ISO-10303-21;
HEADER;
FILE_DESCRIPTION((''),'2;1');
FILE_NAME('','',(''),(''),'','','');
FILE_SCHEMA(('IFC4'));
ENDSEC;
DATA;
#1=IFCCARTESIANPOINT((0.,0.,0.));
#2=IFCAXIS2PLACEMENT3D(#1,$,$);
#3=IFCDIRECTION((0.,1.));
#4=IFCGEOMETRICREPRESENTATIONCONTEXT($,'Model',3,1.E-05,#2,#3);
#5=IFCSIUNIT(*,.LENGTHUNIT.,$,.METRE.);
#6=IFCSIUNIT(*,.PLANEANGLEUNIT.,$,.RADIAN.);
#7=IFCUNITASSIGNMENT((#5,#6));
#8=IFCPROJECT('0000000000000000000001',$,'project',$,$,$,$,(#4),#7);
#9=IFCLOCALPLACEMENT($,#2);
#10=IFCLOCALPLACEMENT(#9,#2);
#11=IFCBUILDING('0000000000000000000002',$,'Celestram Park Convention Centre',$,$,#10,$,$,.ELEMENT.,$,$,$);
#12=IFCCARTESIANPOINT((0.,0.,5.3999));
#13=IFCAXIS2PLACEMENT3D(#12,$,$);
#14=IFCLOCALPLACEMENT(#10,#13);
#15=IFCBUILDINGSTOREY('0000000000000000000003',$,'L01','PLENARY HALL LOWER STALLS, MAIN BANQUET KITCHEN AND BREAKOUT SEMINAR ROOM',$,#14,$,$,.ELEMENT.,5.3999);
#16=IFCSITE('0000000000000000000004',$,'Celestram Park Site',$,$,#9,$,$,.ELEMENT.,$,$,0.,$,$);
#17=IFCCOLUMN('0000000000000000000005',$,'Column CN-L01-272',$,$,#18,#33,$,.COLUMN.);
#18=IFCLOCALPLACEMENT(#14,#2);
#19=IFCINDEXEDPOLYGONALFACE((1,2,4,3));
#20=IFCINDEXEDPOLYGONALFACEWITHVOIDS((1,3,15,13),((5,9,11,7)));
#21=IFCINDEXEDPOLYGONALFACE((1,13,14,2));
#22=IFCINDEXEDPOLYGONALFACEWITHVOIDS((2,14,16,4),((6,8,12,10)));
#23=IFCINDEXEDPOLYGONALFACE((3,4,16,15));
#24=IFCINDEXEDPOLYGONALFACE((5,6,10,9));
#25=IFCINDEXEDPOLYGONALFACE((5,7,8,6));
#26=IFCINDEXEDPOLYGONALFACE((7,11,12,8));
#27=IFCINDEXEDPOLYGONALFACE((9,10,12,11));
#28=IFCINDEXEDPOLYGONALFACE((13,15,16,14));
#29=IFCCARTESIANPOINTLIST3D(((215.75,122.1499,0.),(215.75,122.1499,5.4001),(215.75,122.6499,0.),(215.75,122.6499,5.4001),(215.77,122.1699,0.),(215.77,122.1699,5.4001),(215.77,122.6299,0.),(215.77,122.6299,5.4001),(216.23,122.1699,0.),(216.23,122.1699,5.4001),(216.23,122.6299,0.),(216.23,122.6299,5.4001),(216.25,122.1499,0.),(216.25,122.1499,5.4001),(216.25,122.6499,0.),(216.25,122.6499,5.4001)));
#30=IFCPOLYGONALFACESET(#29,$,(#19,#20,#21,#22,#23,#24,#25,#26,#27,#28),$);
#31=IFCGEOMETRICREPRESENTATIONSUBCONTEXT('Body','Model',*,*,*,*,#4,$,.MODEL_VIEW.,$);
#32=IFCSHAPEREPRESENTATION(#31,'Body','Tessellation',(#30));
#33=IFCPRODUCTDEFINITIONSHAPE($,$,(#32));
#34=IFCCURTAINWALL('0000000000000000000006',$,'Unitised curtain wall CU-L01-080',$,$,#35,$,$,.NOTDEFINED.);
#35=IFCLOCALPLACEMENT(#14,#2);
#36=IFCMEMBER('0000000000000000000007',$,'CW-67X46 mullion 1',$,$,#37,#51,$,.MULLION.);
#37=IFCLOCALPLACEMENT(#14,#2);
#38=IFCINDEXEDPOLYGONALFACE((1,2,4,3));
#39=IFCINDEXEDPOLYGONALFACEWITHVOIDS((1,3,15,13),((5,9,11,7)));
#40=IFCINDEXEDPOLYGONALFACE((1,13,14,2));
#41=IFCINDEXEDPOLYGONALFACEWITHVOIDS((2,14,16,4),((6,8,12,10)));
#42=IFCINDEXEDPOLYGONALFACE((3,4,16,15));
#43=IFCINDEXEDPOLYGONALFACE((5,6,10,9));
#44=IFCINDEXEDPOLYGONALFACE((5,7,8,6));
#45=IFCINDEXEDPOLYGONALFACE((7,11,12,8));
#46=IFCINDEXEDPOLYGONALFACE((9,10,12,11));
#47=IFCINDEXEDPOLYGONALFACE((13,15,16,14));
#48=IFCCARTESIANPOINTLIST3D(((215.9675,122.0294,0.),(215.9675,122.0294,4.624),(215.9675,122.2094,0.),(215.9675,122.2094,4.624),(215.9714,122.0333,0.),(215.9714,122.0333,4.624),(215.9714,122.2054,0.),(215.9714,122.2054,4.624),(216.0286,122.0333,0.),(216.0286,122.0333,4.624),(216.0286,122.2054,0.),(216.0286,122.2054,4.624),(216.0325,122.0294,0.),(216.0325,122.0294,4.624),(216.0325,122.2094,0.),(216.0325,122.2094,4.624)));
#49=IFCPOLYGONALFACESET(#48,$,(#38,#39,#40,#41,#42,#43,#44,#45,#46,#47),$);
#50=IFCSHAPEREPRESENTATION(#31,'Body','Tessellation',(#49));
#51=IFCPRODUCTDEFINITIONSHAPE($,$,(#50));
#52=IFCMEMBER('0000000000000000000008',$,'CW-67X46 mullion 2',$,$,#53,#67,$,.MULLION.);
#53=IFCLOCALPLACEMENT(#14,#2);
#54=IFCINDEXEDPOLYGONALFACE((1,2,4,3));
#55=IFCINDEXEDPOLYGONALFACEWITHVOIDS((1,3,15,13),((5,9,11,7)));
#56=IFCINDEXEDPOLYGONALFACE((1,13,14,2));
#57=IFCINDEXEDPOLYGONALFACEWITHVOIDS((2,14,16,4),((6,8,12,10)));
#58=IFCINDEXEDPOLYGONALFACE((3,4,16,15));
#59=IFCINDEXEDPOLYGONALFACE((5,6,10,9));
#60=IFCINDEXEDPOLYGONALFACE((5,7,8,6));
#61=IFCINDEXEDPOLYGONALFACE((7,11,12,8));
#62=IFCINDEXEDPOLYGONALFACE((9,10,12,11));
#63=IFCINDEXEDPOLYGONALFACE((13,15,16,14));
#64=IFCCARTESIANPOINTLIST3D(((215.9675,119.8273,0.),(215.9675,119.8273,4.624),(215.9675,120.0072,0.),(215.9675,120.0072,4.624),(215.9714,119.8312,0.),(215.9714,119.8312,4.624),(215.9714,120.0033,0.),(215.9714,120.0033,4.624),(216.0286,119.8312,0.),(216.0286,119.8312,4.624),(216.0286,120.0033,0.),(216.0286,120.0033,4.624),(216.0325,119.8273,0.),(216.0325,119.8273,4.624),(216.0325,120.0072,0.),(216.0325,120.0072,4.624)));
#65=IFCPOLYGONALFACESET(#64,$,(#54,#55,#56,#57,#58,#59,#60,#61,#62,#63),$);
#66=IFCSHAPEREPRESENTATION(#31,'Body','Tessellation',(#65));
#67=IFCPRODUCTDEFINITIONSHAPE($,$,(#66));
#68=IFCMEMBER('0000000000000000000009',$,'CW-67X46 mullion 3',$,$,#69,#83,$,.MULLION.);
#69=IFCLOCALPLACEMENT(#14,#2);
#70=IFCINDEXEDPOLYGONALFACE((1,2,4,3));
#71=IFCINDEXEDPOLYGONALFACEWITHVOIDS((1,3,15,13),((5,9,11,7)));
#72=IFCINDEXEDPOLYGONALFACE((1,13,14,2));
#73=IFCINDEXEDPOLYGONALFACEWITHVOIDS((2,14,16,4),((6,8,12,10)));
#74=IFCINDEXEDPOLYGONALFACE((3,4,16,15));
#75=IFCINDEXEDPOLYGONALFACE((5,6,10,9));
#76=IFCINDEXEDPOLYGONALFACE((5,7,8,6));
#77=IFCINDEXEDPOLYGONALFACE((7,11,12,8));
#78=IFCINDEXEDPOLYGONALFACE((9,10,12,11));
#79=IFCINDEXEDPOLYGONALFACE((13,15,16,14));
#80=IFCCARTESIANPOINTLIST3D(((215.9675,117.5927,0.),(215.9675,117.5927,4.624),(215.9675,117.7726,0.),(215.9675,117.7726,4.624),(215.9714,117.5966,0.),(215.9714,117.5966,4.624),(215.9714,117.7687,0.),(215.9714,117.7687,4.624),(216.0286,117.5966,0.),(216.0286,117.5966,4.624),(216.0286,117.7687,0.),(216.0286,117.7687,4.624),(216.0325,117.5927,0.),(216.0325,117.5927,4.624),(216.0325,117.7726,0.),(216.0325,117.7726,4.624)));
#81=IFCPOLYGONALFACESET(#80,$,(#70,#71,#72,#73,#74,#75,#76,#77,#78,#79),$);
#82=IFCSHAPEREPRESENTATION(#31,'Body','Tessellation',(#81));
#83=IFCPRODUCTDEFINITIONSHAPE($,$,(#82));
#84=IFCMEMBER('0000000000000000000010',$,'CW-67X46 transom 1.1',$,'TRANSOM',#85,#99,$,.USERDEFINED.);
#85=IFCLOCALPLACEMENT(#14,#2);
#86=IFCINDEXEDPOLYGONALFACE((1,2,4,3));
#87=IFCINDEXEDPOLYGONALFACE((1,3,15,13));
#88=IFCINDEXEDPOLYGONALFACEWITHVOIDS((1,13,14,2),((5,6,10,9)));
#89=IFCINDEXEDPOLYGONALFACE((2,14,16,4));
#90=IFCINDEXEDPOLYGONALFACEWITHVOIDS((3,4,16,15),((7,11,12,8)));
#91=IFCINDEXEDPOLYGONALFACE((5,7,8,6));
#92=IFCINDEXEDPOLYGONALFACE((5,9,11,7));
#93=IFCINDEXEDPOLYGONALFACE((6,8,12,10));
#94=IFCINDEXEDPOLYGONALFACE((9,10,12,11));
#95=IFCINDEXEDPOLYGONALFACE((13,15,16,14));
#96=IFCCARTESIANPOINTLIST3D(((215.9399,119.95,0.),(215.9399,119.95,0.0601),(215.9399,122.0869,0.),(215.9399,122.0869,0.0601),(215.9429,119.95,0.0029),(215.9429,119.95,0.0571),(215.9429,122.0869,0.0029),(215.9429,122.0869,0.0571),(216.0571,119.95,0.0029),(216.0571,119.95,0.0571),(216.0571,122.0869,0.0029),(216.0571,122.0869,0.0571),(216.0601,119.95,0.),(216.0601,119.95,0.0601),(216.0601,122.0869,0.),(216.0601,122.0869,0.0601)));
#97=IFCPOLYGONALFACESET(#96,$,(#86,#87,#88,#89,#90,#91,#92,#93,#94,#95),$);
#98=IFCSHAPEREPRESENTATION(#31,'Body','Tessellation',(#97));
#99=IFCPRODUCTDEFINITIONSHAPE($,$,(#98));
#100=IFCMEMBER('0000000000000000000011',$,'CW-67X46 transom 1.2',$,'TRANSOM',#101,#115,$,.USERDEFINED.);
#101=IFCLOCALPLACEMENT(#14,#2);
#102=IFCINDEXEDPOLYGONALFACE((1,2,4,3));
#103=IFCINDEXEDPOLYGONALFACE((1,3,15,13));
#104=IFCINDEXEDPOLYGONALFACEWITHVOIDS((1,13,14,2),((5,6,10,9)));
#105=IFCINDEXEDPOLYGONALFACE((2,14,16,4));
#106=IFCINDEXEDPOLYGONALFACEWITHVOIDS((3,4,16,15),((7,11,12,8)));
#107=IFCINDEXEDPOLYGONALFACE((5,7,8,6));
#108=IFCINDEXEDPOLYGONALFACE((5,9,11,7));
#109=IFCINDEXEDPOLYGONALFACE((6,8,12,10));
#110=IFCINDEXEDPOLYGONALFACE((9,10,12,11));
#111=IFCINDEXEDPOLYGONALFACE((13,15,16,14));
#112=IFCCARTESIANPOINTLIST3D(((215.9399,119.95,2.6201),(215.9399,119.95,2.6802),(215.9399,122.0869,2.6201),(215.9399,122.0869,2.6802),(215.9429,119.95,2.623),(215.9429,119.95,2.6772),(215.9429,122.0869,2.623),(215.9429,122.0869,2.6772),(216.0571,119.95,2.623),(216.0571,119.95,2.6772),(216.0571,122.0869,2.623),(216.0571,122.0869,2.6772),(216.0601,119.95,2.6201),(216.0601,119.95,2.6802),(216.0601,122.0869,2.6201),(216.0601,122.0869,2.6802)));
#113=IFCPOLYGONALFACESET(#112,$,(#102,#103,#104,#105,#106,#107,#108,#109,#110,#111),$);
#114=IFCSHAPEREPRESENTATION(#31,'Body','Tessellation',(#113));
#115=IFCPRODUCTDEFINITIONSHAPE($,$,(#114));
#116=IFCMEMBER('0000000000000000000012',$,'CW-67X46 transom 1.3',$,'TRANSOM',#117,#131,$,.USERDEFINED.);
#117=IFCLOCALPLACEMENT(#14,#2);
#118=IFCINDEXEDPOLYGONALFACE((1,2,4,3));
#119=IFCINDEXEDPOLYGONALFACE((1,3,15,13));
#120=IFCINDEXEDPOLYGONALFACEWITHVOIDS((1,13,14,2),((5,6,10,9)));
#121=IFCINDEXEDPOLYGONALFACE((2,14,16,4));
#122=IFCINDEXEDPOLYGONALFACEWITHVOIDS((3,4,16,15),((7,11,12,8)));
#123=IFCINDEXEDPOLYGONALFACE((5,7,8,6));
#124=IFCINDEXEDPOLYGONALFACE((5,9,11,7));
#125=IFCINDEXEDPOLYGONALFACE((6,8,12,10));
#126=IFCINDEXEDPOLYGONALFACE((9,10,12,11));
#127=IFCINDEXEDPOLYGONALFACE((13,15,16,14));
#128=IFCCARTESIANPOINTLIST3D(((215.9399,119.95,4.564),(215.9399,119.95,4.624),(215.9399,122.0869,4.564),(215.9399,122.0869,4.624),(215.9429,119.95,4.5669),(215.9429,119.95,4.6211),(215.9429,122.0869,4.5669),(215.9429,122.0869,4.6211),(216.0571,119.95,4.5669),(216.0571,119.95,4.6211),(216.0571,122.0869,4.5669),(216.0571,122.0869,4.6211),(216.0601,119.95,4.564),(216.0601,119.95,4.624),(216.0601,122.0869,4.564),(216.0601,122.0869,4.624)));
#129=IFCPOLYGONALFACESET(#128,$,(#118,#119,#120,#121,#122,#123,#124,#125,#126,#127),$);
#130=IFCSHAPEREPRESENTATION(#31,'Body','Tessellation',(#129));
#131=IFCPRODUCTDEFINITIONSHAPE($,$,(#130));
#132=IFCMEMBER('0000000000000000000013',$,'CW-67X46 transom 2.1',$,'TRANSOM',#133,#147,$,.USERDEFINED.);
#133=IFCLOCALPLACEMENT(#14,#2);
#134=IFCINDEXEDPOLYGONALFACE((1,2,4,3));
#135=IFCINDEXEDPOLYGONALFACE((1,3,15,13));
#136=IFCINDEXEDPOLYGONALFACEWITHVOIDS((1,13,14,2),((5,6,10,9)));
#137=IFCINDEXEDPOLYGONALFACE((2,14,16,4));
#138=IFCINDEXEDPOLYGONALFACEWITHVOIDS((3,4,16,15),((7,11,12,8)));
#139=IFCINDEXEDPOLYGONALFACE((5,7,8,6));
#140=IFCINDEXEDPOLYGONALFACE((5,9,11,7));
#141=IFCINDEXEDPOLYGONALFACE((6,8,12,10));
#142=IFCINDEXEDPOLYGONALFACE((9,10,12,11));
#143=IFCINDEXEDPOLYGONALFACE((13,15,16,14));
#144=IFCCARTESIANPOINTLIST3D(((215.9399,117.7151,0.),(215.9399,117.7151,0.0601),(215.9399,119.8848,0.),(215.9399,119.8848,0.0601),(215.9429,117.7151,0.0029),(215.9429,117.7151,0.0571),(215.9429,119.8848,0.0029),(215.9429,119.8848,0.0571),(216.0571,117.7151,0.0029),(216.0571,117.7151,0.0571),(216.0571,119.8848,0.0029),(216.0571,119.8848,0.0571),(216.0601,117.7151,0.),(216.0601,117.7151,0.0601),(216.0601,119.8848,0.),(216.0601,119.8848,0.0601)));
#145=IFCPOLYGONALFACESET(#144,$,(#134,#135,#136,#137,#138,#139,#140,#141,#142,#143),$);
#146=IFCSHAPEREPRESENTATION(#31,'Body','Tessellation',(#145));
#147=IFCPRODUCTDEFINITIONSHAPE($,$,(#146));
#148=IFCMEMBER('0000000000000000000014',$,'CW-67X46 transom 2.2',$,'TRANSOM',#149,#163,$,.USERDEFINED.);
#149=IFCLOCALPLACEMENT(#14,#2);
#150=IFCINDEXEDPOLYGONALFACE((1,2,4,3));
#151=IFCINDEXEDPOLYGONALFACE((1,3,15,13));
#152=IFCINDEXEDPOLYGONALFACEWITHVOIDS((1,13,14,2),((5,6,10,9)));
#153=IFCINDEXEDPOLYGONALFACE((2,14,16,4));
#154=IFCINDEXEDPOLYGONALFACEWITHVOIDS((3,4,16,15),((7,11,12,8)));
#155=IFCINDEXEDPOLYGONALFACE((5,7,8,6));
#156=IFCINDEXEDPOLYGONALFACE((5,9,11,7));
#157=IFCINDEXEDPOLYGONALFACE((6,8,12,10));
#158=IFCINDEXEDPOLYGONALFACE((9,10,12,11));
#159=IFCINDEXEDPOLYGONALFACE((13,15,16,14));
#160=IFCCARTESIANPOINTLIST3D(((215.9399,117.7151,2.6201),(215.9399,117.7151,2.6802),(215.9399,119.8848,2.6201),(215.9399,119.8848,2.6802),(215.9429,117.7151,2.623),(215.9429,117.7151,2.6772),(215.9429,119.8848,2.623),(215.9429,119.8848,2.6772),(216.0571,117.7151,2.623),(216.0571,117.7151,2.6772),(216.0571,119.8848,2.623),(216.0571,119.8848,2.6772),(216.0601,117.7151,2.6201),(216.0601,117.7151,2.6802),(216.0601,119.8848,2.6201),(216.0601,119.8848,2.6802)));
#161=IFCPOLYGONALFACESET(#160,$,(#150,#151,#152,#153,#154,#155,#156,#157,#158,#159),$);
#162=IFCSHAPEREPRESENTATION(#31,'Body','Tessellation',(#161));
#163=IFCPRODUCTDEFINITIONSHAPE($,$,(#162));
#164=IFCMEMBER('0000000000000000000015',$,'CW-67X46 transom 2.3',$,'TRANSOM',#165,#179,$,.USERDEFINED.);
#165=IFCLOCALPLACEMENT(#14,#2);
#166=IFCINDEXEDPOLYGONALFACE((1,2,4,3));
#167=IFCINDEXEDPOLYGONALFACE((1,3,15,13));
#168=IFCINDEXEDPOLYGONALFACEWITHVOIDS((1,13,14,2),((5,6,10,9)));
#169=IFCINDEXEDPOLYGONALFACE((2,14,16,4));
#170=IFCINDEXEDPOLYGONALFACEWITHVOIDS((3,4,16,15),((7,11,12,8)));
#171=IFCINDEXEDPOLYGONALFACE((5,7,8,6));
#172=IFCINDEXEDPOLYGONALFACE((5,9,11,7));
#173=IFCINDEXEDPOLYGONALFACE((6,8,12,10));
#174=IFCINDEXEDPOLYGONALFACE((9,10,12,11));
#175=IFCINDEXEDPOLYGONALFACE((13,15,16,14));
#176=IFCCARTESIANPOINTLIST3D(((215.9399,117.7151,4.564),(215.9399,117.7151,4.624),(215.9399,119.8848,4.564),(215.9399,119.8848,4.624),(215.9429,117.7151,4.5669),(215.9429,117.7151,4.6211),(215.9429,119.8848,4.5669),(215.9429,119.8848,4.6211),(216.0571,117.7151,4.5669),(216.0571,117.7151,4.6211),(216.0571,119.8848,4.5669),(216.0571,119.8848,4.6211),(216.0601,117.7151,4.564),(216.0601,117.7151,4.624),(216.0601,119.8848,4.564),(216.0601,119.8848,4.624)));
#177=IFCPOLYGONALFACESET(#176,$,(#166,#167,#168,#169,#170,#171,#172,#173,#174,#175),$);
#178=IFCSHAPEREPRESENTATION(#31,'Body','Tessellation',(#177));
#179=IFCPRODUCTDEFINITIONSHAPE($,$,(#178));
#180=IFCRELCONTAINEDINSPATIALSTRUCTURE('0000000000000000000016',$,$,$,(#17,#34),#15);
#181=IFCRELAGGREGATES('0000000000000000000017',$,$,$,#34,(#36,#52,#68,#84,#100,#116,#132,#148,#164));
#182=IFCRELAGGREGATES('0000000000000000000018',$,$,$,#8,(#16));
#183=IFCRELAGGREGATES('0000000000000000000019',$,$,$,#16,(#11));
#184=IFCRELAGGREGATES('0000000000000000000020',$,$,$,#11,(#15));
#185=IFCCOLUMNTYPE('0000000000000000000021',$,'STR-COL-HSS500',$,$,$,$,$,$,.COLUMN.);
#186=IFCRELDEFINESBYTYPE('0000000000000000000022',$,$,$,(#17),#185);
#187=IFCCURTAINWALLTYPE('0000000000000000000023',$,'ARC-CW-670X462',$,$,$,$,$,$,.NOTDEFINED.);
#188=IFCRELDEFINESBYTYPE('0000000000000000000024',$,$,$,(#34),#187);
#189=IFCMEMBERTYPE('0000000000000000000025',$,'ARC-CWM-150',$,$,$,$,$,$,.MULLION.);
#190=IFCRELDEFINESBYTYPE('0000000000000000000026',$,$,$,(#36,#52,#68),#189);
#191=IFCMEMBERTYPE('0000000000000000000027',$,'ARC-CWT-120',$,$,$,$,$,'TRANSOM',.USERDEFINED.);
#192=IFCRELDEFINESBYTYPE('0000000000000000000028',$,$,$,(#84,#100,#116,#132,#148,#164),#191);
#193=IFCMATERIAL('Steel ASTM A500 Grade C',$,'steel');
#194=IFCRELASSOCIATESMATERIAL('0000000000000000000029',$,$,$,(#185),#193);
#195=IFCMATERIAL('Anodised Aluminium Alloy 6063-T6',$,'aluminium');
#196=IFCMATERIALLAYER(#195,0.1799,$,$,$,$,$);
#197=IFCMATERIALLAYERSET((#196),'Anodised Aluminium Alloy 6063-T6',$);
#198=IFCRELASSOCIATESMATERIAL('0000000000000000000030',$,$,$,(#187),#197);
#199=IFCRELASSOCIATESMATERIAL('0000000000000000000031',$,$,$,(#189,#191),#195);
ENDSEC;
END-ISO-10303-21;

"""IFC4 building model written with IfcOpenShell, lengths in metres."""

from ifc_helpers import new_model, si_unit, direction, frame, origin, origin_2d, place, context, subcontext, project, spatial, hollow_rectangle, extrude, material, layer, layer_set, material_profile, profile_set, type_object, element, aggregate, save


model = new_model("IFC4")

# Units and contexts
model_context = context("Model", 3, precision=1e-05, world=origin(), true_north=direction((0.0, 1.0)))
body_context = subcontext(model_context, "Body", "Model", "MODEL_VIEW")
ifc_project = project(units=[si_unit("LENGTHUNIT", "METRE"), si_unit("PLANEANGLEUNIT", "RADIAN")], contexts=[model_context])

# Site, building, storey
site_placement = place(None, origin())
site = spatial("IfcSite", under=ifc_project, at=site_placement, Name="Celestram Park Site", CompositionType="ELEMENT", RefElevation=0.0)
building_placement = place(site_placement, origin())
building = spatial("IfcBuilding", under=site, at=building_placement, Name="Celestram Park Convention Centre", CompositionType="ELEMENT")
storey_placement = place(building_placement, frame((0.0, 0.0, 5.3999)))
storey = spatial("IfcBuildingStorey", under=building, at=storey_placement, Name="L01", Description="PLENARY HALL LOWER STALLS, MAIN BANQUET KITCHEN AND BREAKOUT SEMINAR ROOM", CompositionType="ELEMENT", Elevation=5.3999)

# Column
ifc_material_1 = material(Name="Steel ASTM A500 Grade C", Category="steel")
ifc_material_profile_1 = material_profile(ifc_material_1, hollow_rectangle(XDim=0.5, YDim=0.5, WallThickness=0.02, at=origin_2d()), Name="HSS500X500X20")
ifc_profile_set_1 = profile_set([ifc_material_profile_1], Name="Steel ASTM A500 Grade C")
column_type = type_object("IfcColumnType", Name="STR-COL-HSS500", PredefinedType="COLUMN", material=ifc_profile_set_1)
column_placement = place(storey_placement, frame((216.0, 122.3999, 0.0), z_axis=(0.0, 0.0, 1.0), x_axis=(1.0, 0.0, 0.0)))
element("IfcColumn", 1, at=column_placement, inside=storey, type_object=column_type, Name="Column CN-L01-272", PredefinedType="COLUMN", context=body_context, shape_type="SweptSolid", body=[
    extrude(hollow_rectangle(XDim=0.5, YDim=0.5, WallThickness=0.02, at=origin_2d()), origin(), (0.0, 0.0, 1.0), 5.4001),
])

# Curtain wall, members
ifc_material_2 = material(Name="Anodised Aluminium Alloy 6063-T6", Category="aluminium")
ifc_layer_1 = layer(ifc_material_2, 0.1799)
ifc_layer_set_1 = layer_set([ifc_layer_1], Name="Anodised Aluminium Alloy 6063-T6")
curtain_wall_type = type_object("IfcCurtainWallType", Name="ARC-CW-670X462", PredefinedType="NOTDEFINED", material=ifc_layer_set_1)
curtain_wall_placement = place(storey_placement, origin())
curtain_wall = element("IfcCurtainWall", 2, at=curtain_wall_placement, inside=storey, type_object=curtain_wall_type, Name="Unitised curtain wall CU-L01-080", PredefinedType="NOTDEFINED")
ifc_material_profile_2 = material_profile(ifc_material_2, hollow_rectangle(XDim=0.0649, YDim=0.1799, WallThickness=0.0039, at=origin_2d()), Name="ALU65X180X4")
ifc_profile_set_2 = profile_set([ifc_material_profile_2], Name="Anodised Aluminium Alloy 6063-T6")
member_type_1 = type_object("IfcMemberType", Name="ARC-CWM-150", PredefinedType="MULLION", material=ifc_profile_set_2)
member_1_placement = place(storey_placement, frame((216.0, 122.1194, 0.0), z_axis=(0.0, 0.0, 1.0), x_axis=(1.0, 0.0, 0.0)))
member_1 = element("IfcMember", 3, at=member_1_placement, type_object=member_type_1, Name="CW-67X46 mullion 1", PredefinedType="MULLION", context=body_context, shape_type="SweptSolid", body=[
    extrude(hollow_rectangle(XDim=0.0649, YDim=0.1799, WallThickness=0.0039, at=origin_2d()), origin(), (0.0, 0.0, 1.0), 4.624),
])
member_2_placement = place(storey_placement, frame((216.0, 119.9172, 0.0), z_axis=(0.0, 0.0, 1.0), x_axis=(1.0, 0.0, 0.0)))
member_2 = element("IfcMember", 4, at=member_2_placement, type_object=member_type_1, Name="CW-67X46 mullion 2", PredefinedType="MULLION", context=body_context, shape_type="SweptSolid", body=[
    extrude(hollow_rectangle(XDim=0.0649, YDim=0.1799, WallThickness=0.0039, at=origin_2d()), origin(), (0.0, 0.0, 1.0), 4.624),
])
member_3_placement = place(storey_placement, frame((216.0, 117.6826, 0.0), z_axis=(0.0, 0.0, 1.0), x_axis=(1.0, 0.0, 0.0)))
member_3 = element("IfcMember", 5, at=member_3_placement, type_object=member_type_1, Name="CW-67X46 mullion 3", PredefinedType="MULLION", context=body_context, shape_type="SweptSolid", body=[
    extrude(hollow_rectangle(XDim=0.0649, YDim=0.1799, WallThickness=0.0039, at=origin_2d()), origin(), (0.0, 0.0, 1.0), 4.624),
])
ifc_material_profile_3 = material_profile(ifc_material_2, hollow_rectangle(XDim=0.1201, YDim=0.0601, WallThickness=0.0029, at=origin_2d()), Name="ALU120X60X3")
ifc_profile_set_3 = profile_set([ifc_material_profile_3], Name="Anodised Aluminium Alloy 6063-T6")
member_type_2 = type_object("IfcMemberType", Name="ARC-CWT-120", ElementType="TRANSOM", PredefinedType="USERDEFINED", material=ifc_profile_set_3)
member_4_placement = place(storey_placement, frame((216.0, 122.0869, 0.03), z_axis=(0.0, -1.0, 0.0), x_axis=(1.0, 0.0, 0.0)))
member_4 = element("IfcMember", 6, at=member_4_placement, type_object=member_type_2, Name="CW-67X46 transom 1.1", ObjectType="TRANSOM", PredefinedType="USERDEFINED", context=body_context, shape_type="SweptSolid", body=[
    extrude(hollow_rectangle(XDim=0.1201, YDim=0.0601, WallThickness=0.0029, at=origin_2d()), origin(), (0.0, 0.0, 1.0), 2.137),
])
member_5_placement = place(storey_placement, frame((216.0, 122.0869, 2.6501), z_axis=(0.0, -1.0, 0.0), x_axis=(1.0, 0.0, 0.0)))
member_5 = element("IfcMember", 7, at=member_5_placement, type_object=member_type_2, Name="CW-67X46 transom 1.2", ObjectType="TRANSOM", PredefinedType="USERDEFINED", context=body_context, shape_type="SweptSolid", body=[
    extrude(hollow_rectangle(XDim=0.1201, YDim=0.0601, WallThickness=0.0029, at=origin_2d()), origin(), (0.0, 0.0, 1.0), 2.137),
])
member_6_placement = place(storey_placement, frame((216.0, 122.0869, 4.594), z_axis=(0.0, -1.0, 0.0), x_axis=(1.0, 0.0, 0.0)))
member_6 = element("IfcMember", 8, at=member_6_placement, type_object=member_type_2, Name="CW-67X46 transom 1.3", ObjectType="TRANSOM", PredefinedType="USERDEFINED", context=body_context, shape_type="SweptSolid", body=[
    extrude(hollow_rectangle(XDim=0.1201, YDim=0.0601, WallThickness=0.0029, at=origin_2d()), origin(), (0.0, 0.0, 1.0), 2.137),
])
member_7_placement = place(storey_placement, frame((216.0, 119.8848, 0.03), z_axis=(0.0, -1.0, 0.0), x_axis=(1.0, 0.0, 0.0)))
member_7 = element("IfcMember", 9, at=member_7_placement, type_object=member_type_2, Name="CW-67X46 transom 2.1", ObjectType="TRANSOM", PredefinedType="USERDEFINED", context=body_context, shape_type="SweptSolid", body=[
    extrude(hollow_rectangle(XDim=0.1201, YDim=0.0601, WallThickness=0.0029, at=origin_2d()), origin(), (0.0, 0.0, 1.0), 2.1697),
])
member_8_placement = place(storey_placement, frame((216.0, 119.8848, 2.6501), z_axis=(0.0, -1.0, 0.0), x_axis=(1.0, 0.0, 0.0)))
member_8 = element("IfcMember", 10, at=member_8_placement, type_object=member_type_2, Name="CW-67X46 transom 2.2", ObjectType="TRANSOM", PredefinedType="USERDEFINED", context=body_context, shape_type="SweptSolid", body=[
    extrude(hollow_rectangle(XDim=0.1201, YDim=0.0601, WallThickness=0.0029, at=origin_2d()), origin(), (0.0, 0.0, 1.0), 2.1697),
])
member_9_placement = place(storey_placement, frame((216.0, 119.8848, 4.594), z_axis=(0.0, -1.0, 0.0), x_axis=(1.0, 0.0, 0.0)))
member_9 = element("IfcMember", 11, at=member_9_placement, type_object=member_type_2, Name="CW-67X46 transom 2.3", ObjectType="TRANSOM", PredefinedType="USERDEFINED", context=body_context, shape_type="SweptSolid", body=[
    extrude(hollow_rectangle(XDim=0.1201, YDim=0.0601, WallThickness=0.0029, at=origin_2d()), origin(), (0.0, 0.0, 1.0), 2.1697),
])

aggregate(curtain_wall, [member_1, member_2, member_3, member_4, member_5, member_6, member_7, member_8, member_9])

save(model, "model.ifc")
